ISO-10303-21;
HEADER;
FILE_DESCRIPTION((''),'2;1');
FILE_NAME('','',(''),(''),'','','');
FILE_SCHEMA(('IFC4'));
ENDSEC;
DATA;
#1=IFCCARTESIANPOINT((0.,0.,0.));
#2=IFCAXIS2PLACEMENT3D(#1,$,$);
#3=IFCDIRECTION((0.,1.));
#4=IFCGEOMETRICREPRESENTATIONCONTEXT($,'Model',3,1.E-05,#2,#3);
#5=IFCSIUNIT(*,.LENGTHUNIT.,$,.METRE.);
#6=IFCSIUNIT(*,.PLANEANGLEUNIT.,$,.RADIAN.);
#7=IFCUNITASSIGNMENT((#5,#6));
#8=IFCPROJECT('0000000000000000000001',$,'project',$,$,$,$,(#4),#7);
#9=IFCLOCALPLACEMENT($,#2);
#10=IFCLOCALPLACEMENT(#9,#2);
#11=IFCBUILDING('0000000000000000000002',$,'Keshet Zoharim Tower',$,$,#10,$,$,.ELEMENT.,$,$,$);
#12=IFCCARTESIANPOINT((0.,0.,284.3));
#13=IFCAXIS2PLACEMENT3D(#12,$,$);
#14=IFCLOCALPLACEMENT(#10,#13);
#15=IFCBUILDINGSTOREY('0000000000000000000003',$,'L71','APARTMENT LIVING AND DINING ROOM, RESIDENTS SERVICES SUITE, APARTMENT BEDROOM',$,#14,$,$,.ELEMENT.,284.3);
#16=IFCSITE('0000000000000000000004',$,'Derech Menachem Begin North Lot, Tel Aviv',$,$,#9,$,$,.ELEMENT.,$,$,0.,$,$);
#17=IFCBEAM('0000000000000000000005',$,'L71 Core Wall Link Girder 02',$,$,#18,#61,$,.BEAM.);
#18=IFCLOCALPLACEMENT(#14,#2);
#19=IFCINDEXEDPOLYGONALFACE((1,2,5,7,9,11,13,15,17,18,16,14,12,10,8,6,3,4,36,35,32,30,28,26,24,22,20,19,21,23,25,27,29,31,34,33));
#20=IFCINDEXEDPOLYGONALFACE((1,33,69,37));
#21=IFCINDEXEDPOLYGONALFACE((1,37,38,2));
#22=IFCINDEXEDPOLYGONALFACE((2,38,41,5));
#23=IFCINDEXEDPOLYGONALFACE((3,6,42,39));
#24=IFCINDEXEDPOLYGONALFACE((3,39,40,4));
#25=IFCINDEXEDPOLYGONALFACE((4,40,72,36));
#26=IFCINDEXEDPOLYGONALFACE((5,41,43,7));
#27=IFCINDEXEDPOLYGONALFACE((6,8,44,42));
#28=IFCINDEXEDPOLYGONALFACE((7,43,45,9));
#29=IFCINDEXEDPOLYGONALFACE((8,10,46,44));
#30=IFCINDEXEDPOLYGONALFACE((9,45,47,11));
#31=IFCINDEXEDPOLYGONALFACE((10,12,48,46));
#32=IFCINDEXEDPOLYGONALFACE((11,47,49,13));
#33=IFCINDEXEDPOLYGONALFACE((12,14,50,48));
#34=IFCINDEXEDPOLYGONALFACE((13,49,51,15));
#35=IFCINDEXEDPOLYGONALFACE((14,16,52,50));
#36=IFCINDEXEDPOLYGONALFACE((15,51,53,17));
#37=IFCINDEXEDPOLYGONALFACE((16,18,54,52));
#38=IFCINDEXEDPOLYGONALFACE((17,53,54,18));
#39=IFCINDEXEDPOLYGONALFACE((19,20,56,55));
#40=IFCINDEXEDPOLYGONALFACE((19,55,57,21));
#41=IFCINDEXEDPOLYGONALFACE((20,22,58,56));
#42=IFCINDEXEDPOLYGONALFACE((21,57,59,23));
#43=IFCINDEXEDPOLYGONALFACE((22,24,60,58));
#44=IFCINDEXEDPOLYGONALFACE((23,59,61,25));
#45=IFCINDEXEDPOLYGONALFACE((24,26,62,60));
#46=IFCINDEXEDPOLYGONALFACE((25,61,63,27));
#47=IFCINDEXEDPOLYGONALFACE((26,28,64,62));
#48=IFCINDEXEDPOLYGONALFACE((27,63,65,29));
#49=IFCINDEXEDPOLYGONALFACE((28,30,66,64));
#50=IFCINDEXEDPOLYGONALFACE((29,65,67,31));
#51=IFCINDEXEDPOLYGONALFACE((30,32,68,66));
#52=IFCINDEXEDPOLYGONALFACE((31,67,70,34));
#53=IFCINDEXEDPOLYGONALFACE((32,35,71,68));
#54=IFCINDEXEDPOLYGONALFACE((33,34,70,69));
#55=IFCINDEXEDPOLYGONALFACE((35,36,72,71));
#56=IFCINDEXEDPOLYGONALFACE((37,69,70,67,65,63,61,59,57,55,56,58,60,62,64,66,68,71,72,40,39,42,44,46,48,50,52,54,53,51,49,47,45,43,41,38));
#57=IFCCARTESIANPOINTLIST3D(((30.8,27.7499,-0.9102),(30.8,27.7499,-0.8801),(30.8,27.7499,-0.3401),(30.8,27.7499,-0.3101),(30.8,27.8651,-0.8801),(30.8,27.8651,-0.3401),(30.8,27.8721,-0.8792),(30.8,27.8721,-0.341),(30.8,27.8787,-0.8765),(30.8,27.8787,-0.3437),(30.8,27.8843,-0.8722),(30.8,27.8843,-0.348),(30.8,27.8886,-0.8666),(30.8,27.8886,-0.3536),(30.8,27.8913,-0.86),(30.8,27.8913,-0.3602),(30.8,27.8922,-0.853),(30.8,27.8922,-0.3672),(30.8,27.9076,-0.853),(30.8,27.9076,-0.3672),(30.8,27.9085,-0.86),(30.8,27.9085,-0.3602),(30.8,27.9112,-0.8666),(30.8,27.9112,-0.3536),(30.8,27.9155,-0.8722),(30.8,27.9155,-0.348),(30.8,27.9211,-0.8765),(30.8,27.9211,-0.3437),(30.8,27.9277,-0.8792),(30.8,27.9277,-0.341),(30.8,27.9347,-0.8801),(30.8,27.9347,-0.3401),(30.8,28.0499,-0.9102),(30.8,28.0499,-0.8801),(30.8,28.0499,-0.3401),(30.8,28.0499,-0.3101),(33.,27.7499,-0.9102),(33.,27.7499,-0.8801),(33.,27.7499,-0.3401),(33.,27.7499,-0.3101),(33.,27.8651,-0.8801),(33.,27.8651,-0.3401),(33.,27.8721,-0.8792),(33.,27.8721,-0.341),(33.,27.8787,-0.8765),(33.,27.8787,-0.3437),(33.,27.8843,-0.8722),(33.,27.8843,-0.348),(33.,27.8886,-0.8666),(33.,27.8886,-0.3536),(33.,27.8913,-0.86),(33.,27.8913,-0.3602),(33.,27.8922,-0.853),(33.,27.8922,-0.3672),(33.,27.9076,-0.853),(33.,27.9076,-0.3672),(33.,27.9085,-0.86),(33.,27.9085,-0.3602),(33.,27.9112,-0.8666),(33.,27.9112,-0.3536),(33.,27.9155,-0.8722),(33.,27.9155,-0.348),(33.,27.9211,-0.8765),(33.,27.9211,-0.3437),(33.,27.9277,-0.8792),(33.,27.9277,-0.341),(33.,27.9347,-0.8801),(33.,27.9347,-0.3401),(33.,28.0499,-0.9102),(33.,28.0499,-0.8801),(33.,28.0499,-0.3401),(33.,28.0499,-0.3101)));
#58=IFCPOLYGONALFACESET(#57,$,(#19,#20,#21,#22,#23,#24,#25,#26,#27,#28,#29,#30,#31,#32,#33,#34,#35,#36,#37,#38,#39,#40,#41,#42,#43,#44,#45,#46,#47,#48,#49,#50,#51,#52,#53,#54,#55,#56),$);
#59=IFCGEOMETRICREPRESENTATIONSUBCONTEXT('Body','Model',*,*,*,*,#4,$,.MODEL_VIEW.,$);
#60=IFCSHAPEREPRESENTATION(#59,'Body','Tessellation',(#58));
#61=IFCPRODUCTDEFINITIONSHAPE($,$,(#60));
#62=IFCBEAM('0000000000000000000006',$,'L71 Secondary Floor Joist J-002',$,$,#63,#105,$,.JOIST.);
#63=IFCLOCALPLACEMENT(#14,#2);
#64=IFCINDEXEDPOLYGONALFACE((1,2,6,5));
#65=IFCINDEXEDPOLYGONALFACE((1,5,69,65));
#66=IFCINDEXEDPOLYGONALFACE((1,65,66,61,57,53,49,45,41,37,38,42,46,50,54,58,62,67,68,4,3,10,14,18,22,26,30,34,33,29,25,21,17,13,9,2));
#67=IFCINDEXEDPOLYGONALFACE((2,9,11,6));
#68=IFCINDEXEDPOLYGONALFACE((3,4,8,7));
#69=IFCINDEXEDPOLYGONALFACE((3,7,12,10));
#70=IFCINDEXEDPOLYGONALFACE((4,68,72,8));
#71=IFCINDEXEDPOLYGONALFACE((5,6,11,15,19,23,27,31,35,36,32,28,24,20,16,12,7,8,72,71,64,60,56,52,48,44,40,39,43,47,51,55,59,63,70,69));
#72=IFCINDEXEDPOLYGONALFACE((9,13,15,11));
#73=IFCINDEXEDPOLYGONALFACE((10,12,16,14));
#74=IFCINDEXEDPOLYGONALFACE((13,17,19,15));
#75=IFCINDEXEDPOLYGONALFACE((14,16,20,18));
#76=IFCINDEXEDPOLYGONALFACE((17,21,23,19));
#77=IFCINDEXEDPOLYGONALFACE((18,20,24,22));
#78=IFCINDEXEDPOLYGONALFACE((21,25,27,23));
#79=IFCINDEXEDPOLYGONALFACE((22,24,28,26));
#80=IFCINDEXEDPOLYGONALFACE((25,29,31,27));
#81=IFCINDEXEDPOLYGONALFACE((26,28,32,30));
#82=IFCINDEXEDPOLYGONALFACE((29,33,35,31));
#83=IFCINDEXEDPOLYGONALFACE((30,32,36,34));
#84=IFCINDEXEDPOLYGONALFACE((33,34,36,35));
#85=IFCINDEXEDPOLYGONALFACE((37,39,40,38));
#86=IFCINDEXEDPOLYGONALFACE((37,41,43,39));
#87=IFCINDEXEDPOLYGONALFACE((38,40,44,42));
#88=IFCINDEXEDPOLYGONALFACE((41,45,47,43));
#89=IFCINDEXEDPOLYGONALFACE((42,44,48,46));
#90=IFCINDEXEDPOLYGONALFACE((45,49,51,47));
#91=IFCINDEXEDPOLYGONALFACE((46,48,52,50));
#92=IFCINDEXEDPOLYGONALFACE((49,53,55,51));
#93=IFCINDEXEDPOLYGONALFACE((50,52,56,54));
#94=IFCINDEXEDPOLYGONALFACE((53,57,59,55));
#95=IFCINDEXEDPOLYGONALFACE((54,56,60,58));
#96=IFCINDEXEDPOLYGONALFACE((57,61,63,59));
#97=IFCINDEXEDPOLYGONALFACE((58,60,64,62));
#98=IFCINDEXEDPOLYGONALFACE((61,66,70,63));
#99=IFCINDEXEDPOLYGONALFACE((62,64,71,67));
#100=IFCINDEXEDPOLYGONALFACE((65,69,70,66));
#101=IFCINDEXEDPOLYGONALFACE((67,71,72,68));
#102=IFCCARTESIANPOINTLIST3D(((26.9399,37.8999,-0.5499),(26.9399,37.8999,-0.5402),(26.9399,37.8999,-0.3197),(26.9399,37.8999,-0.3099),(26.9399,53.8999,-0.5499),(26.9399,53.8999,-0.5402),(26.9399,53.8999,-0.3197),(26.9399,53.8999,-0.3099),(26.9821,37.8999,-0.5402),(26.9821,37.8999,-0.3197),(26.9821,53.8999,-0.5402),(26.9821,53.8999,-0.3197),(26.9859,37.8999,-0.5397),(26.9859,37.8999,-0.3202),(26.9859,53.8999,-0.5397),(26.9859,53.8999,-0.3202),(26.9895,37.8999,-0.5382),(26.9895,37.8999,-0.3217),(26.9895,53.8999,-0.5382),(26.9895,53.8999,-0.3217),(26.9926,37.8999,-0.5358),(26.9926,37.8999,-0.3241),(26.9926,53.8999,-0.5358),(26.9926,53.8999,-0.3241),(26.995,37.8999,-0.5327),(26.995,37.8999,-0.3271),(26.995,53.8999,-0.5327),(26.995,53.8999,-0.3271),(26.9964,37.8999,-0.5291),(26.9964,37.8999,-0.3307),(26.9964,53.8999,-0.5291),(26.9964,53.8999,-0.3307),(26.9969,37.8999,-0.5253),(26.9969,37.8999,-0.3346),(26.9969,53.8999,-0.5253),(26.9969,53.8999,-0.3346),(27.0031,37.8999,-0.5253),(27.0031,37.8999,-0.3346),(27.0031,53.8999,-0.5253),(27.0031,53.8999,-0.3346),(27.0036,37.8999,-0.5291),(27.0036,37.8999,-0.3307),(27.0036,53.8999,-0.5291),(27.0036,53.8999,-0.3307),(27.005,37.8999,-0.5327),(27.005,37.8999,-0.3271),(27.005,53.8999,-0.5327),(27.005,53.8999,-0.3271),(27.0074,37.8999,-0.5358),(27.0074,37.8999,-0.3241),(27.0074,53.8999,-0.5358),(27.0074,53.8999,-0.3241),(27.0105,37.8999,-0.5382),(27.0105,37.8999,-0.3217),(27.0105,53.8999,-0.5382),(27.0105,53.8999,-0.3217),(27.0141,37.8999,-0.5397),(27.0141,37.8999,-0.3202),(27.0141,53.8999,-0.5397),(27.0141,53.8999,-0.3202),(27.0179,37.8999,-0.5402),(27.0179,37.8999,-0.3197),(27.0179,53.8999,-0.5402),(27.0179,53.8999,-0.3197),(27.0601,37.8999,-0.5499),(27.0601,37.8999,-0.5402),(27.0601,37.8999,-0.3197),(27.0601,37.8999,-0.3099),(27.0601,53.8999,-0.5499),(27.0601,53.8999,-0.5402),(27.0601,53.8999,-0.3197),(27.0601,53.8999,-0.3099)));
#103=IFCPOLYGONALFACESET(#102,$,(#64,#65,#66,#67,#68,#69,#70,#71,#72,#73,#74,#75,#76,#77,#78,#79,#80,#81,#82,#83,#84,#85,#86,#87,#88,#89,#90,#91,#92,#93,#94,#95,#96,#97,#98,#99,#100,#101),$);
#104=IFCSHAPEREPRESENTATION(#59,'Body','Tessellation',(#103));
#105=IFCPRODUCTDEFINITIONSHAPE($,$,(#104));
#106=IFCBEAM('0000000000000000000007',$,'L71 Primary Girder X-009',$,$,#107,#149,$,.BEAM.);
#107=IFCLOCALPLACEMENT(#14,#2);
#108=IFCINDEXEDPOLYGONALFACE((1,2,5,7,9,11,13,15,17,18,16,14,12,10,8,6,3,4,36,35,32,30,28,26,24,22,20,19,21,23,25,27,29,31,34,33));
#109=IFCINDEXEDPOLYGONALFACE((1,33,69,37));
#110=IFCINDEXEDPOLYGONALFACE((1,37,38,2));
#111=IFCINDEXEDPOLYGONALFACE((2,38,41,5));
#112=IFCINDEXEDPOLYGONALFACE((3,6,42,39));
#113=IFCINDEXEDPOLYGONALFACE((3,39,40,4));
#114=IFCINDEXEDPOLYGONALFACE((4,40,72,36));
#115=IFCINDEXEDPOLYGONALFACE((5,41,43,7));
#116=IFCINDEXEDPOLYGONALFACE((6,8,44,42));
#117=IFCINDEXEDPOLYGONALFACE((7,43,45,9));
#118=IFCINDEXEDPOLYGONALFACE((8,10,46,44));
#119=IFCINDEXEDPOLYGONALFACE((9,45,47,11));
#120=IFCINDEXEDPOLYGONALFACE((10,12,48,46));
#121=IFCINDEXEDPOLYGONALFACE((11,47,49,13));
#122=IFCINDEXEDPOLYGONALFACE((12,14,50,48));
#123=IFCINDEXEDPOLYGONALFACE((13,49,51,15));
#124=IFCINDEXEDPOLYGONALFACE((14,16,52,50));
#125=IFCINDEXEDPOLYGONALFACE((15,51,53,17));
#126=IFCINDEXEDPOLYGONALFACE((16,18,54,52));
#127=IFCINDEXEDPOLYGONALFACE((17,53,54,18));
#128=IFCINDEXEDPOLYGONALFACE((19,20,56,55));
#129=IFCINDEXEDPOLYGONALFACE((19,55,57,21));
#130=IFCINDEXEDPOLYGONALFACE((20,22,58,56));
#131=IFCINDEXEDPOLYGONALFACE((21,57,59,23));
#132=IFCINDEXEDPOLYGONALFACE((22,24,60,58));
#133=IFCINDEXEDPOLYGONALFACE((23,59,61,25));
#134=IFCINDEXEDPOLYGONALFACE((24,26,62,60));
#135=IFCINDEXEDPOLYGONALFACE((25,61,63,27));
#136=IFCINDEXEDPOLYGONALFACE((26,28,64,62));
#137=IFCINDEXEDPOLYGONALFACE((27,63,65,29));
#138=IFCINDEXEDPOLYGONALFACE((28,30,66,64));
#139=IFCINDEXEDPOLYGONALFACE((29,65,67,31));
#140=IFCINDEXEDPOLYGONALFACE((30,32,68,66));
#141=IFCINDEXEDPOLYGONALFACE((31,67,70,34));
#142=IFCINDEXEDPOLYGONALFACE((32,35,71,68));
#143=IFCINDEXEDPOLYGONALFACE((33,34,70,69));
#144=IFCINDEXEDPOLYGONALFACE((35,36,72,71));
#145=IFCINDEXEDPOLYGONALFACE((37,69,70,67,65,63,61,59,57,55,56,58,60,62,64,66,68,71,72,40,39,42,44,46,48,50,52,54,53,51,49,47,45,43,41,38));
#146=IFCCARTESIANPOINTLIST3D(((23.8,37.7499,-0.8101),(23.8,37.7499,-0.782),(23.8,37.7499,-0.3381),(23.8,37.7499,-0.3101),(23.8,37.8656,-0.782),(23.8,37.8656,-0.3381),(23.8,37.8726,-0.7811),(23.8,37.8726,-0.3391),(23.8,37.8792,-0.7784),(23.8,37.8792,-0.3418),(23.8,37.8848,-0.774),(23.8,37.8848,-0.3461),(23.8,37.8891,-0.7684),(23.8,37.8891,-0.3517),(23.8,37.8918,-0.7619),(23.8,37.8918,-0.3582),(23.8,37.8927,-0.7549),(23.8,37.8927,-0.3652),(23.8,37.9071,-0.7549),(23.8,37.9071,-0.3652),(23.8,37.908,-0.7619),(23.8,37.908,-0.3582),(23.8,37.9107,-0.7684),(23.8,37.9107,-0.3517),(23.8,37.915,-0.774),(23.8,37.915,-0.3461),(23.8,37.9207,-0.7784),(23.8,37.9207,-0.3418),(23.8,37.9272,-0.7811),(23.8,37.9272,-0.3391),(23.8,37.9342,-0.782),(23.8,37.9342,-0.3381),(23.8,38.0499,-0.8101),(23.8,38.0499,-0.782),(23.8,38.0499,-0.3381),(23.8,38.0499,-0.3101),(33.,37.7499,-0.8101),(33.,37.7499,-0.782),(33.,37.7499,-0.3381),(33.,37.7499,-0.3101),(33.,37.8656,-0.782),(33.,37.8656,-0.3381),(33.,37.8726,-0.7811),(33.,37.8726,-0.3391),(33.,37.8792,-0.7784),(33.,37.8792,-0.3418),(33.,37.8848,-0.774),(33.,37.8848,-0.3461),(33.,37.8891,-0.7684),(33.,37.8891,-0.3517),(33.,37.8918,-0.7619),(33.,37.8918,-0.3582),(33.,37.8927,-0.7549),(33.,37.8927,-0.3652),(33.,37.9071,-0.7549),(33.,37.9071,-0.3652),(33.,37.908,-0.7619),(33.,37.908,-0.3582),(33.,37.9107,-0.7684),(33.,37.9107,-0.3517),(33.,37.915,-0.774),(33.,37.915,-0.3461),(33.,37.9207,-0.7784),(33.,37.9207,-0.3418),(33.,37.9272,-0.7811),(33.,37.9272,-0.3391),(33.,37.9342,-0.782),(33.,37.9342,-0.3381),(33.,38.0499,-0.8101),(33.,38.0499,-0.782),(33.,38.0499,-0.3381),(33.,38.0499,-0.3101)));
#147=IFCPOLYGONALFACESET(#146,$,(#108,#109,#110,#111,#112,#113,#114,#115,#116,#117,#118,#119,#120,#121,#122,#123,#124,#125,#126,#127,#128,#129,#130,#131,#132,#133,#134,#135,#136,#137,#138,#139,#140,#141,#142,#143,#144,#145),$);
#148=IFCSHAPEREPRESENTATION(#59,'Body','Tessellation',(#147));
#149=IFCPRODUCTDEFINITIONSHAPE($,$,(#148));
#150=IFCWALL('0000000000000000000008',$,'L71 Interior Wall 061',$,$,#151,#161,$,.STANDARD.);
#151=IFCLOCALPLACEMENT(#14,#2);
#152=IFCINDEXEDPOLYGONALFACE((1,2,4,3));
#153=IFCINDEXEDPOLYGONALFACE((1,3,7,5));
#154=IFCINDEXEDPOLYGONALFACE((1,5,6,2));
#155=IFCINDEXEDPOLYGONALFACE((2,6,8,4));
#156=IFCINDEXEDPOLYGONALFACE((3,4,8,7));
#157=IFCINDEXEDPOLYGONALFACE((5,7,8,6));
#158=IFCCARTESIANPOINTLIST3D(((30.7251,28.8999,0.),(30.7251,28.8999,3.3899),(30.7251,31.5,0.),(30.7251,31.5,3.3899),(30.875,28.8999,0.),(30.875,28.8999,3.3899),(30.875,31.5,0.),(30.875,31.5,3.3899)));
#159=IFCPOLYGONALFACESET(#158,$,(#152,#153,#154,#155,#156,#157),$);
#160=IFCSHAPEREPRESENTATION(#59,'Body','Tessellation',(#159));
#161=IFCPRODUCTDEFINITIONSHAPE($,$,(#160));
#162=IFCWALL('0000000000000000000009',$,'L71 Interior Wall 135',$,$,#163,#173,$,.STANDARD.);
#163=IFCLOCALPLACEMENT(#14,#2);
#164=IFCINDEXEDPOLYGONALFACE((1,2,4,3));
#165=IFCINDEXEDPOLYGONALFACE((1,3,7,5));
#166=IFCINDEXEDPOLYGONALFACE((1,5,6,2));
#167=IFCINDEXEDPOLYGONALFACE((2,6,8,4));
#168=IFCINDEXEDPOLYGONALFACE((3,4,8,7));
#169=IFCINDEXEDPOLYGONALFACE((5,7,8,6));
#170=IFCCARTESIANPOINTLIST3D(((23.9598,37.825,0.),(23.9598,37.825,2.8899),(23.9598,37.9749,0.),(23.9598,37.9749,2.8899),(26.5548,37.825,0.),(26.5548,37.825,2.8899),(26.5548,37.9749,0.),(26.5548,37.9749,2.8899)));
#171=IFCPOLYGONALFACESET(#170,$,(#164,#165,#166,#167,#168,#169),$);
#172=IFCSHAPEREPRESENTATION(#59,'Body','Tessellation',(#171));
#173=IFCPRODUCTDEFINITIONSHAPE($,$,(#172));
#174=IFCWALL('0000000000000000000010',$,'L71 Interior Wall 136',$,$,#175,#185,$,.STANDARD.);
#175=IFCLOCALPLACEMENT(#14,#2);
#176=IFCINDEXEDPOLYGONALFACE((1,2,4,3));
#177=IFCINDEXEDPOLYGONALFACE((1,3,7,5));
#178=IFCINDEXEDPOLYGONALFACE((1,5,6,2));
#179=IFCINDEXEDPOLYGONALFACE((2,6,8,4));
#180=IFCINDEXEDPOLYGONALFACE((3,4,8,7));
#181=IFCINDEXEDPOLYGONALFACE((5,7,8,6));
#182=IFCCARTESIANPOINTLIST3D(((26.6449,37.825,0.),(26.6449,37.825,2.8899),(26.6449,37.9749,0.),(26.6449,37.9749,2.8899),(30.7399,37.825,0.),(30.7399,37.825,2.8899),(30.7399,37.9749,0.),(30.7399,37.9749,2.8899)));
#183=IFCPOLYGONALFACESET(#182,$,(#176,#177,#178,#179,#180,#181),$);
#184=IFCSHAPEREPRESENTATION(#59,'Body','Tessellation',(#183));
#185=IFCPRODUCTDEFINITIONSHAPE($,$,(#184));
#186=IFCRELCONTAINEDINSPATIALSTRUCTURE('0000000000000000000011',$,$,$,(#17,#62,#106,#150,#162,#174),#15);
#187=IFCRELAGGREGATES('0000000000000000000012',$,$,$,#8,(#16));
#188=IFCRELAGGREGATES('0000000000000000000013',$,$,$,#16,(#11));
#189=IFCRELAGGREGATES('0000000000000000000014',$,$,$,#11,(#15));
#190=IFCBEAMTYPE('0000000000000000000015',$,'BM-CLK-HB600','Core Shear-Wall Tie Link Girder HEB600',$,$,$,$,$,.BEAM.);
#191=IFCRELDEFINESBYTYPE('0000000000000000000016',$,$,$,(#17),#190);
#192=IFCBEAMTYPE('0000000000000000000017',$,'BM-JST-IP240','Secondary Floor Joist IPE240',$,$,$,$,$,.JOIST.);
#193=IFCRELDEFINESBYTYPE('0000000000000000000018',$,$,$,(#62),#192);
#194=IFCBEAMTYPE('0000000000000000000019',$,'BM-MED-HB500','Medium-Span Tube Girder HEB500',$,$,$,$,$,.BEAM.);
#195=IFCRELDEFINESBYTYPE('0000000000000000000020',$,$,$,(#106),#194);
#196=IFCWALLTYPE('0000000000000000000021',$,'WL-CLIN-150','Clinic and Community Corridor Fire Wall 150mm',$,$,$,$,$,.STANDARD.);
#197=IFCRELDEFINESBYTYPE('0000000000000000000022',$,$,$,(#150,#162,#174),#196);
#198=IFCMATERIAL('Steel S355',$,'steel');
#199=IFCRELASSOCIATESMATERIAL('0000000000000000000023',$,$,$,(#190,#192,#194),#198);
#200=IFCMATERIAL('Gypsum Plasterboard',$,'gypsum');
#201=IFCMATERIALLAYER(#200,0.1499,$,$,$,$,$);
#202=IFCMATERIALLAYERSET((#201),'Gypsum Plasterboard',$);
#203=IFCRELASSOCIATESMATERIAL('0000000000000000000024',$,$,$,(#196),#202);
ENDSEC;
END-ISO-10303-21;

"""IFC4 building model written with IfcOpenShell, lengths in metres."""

from ifc_helpers import new_model, si_unit, direction, frame, frame_2d, origin, origin_2d, place, context, subcontext, project, spatial, rectangle, i_section, extrude, material, layer, layer_set, material_profile, profile_set, type_object, element, save


model = new_model("IFC4")

# Units and contexts
model_context = context("Model", 3, precision=1e-05, world=origin(), true_north=direction((0.0, 1.0)))
body_context = subcontext(model_context, "Body", "Model", "MODEL_VIEW")
ifc_project = project(units=[si_unit("LENGTHUNIT", "METRE"), si_unit("PLANEANGLEUNIT", "RADIAN")], contexts=[model_context])

# Site, building, storey
site_placement = place(None, origin())
site = spatial("IfcSite", under=ifc_project, at=site_placement, Name="Derech Menachem Begin North Lot, Tel Aviv", CompositionType="ELEMENT", RefElevation=0.0)
building_placement = place(site_placement, origin())
building = spatial("IfcBuilding", under=site, at=building_placement, Name="Keshet Zoharim Tower", CompositionType="ELEMENT")
storey_placement = place(building_placement, frame((0.0, 0.0, 284.3)))
storey = spatial("IfcBuildingStorey", under=building, at=storey_placement, Name="L71", Description="APARTMENT LIVING AND DINING ROOM, RESIDENTS SERVICES SUITE, APARTMENT BEDROOM", CompositionType="ELEMENT", Elevation=284.3)

# Beams
ifc_material_1 = material(Name="Steel S355", Category="steel")
ifc_material_profile_1 = material_profile(ifc_material_1, i_section(OverallWidth=0.3, OverallDepth=0.6001, WebThickness=0.0154, FlangeThickness=0.03, FilletRadius=0.0271, at=origin_2d()), Name="HEB600")
ifc_profile_set_1 = profile_set([ifc_material_profile_1], Name="Steel S355")
beam_type_1 = type_object("IfcBeamType", Name="BM-CLK-HB600", Description="Core Shear-Wall Tie Link Girder HEB600", PredefinedType="BEAM", material=ifc_profile_set_1)
beam_1_placement = place(storey_placement, frame((30.8, 27.8999, -0.6101), z_axis=(1.0, 0.0, 0.0), x_axis=(0.0, 1.0, 0.0)))
element("IfcBeam", 1, at=beam_1_placement, inside=storey, type_object=beam_type_1, Name="L71 Core Wall Link Girder 02", PredefinedType="BEAM", context=body_context, shape_type="SweptSolid", body=[
    extrude(i_section(OverallWidth=0.3, OverallDepth=0.6001, WebThickness=0.0154, FlangeThickness=0.03, FilletRadius=0.0271, at=origin_2d()), origin(), (0.0, 0.0, 1.0), 2.2),
])
ifc_material_profile_2 = material_profile(ifc_material_1, i_section(OverallWidth=0.1201, OverallDepth=0.24, WebThickness=0.0061, FlangeThickness=0.0098, FilletRadius=0.0149, at=origin_2d()), Name="IPE240")
ifc_profile_set_2 = profile_set([ifc_material_profile_2], Name="Steel S355")
beam_type_2 = type_object("IfcBeamType", Name="BM-JST-IP240", Description="Secondary Floor Joist IPE240", PredefinedType="JOIST", material=ifc_profile_set_2)
beam_2_placement = place(storey_placement, frame((27.0, 37.8999, -0.4299), z_axis=(0.0, 1.0, 0.0), x_axis=(-1.0, 0.0, 0.0)))
element("IfcBeam", 2, at=beam_2_placement, inside=storey, type_object=beam_type_2, Name="L71 Secondary Floor Joist J-002", PredefinedType="JOIST", context=body_context, shape_type="SweptSolid", body=[
    extrude(i_section(OverallWidth=0.1201, OverallDepth=0.24, WebThickness=0.0061, FlangeThickness=0.0098, FilletRadius=0.0149, at=origin_2d()), origin(), (0.0, 0.0, 1.0), 16.0),
])
ifc_material_profile_3 = material_profile(ifc_material_1, i_section(OverallWidth=0.3, OverallDepth=0.5, WebThickness=0.0144, FlangeThickness=0.0281, FilletRadius=0.0271, at=origin_2d()), Name="HEB500")
ifc_profile_set_3 = profile_set([ifc_material_profile_3], Name="Steel S355")
beam_type_3 = type_object("IfcBeamType", Name="BM-MED-HB500", Description="Medium-Span Tube Girder HEB500", PredefinedType="BEAM", material=ifc_profile_set_3)
beam_3_placement = place(storey_placement, frame((23.8, 37.8999, -0.5601), z_axis=(1.0, 0.0, 0.0), x_axis=(0.0, 1.0, 0.0)))
element("IfcBeam", 3, at=beam_3_placement, inside=storey, type_object=beam_type_3, Name="L71 Primary Girder X-009", PredefinedType="BEAM", context=body_context, shape_type="SweptSolid", body=[
    extrude(i_section(OverallWidth=0.3, OverallDepth=0.5, WebThickness=0.0144, FlangeThickness=0.0281, FilletRadius=0.0271, at=origin_2d()), origin(), (0.0, 0.0, 1.0), 9.2),
])

# Walls
ifc_material_2 = material(Name="Gypsum Plasterboard", Category="gypsum")
ifc_layer_1 = layer(ifc_material_2, 0.1499)
ifc_layer_set_1 = layer_set([ifc_layer_1], Name="Gypsum Plasterboard")
wall_type_1 = type_object("IfcWallType", Name="WL-CLIN-150", Description="Clinic and Community Corridor Fire Wall 150mm", PredefinedType="STANDARD", material=ifc_layer_set_1)
wall_1_placement = place(storey_placement, frame((30.8, 28.8999, 0.0), z_axis=(0.0, 0.0, 1.0), x_axis=(0.0, 1.0, 0.0)))
element("IfcWall", 4, at=wall_1_placement, inside=storey, type_object=wall_type_1, Name="L71 Interior Wall 061", PredefinedType="STANDARD", context=body_context, shape_type="SweptSolid", body=[
    extrude(rectangle(XDim=2.6001, YDim=0.1499, at=frame_2d((1.3, 0.0))), origin(), (0.0, 0.0, 1.0), 3.3899),
])
wall_2_placement = place(storey_placement, frame((23.96, 37.8999, 0.0), z_axis=(0.0, 0.0, 1.0), x_axis=(1.0, 0.0, 0.0)))
element("IfcWall", 5, at=wall_2_placement, inside=storey, type_object=wall_type_1, Name="L71 Interior Wall 135", PredefinedType="STANDARD", context=body_context, shape_type="SweptSolid", body=[
    extrude(rectangle(XDim=2.595, YDim=0.1499, at=frame_2d((1.2974, 0.0))), origin(), (0.0, 0.0, 1.0), 2.8899),
])
wall_3_placement = place(storey_placement, frame((26.645, 37.8999, 0.0), z_axis=(0.0, 0.0, 1.0), x_axis=(1.0, 0.0, 0.0)))
element("IfcWall", 6, at=wall_3_placement, inside=storey, type_object=wall_type_1, Name="L71 Interior Wall 136", PredefinedType="STANDARD", context=body_context, shape_type="SweptSolid", body=[
    extrude(rectangle(XDim=4.095, YDim=0.1499, at=frame_2d((2.0474, 0.0))), origin(), (0.0, 0.0, 1.0), 2.8899),
])

save(model, "model.ifc")
